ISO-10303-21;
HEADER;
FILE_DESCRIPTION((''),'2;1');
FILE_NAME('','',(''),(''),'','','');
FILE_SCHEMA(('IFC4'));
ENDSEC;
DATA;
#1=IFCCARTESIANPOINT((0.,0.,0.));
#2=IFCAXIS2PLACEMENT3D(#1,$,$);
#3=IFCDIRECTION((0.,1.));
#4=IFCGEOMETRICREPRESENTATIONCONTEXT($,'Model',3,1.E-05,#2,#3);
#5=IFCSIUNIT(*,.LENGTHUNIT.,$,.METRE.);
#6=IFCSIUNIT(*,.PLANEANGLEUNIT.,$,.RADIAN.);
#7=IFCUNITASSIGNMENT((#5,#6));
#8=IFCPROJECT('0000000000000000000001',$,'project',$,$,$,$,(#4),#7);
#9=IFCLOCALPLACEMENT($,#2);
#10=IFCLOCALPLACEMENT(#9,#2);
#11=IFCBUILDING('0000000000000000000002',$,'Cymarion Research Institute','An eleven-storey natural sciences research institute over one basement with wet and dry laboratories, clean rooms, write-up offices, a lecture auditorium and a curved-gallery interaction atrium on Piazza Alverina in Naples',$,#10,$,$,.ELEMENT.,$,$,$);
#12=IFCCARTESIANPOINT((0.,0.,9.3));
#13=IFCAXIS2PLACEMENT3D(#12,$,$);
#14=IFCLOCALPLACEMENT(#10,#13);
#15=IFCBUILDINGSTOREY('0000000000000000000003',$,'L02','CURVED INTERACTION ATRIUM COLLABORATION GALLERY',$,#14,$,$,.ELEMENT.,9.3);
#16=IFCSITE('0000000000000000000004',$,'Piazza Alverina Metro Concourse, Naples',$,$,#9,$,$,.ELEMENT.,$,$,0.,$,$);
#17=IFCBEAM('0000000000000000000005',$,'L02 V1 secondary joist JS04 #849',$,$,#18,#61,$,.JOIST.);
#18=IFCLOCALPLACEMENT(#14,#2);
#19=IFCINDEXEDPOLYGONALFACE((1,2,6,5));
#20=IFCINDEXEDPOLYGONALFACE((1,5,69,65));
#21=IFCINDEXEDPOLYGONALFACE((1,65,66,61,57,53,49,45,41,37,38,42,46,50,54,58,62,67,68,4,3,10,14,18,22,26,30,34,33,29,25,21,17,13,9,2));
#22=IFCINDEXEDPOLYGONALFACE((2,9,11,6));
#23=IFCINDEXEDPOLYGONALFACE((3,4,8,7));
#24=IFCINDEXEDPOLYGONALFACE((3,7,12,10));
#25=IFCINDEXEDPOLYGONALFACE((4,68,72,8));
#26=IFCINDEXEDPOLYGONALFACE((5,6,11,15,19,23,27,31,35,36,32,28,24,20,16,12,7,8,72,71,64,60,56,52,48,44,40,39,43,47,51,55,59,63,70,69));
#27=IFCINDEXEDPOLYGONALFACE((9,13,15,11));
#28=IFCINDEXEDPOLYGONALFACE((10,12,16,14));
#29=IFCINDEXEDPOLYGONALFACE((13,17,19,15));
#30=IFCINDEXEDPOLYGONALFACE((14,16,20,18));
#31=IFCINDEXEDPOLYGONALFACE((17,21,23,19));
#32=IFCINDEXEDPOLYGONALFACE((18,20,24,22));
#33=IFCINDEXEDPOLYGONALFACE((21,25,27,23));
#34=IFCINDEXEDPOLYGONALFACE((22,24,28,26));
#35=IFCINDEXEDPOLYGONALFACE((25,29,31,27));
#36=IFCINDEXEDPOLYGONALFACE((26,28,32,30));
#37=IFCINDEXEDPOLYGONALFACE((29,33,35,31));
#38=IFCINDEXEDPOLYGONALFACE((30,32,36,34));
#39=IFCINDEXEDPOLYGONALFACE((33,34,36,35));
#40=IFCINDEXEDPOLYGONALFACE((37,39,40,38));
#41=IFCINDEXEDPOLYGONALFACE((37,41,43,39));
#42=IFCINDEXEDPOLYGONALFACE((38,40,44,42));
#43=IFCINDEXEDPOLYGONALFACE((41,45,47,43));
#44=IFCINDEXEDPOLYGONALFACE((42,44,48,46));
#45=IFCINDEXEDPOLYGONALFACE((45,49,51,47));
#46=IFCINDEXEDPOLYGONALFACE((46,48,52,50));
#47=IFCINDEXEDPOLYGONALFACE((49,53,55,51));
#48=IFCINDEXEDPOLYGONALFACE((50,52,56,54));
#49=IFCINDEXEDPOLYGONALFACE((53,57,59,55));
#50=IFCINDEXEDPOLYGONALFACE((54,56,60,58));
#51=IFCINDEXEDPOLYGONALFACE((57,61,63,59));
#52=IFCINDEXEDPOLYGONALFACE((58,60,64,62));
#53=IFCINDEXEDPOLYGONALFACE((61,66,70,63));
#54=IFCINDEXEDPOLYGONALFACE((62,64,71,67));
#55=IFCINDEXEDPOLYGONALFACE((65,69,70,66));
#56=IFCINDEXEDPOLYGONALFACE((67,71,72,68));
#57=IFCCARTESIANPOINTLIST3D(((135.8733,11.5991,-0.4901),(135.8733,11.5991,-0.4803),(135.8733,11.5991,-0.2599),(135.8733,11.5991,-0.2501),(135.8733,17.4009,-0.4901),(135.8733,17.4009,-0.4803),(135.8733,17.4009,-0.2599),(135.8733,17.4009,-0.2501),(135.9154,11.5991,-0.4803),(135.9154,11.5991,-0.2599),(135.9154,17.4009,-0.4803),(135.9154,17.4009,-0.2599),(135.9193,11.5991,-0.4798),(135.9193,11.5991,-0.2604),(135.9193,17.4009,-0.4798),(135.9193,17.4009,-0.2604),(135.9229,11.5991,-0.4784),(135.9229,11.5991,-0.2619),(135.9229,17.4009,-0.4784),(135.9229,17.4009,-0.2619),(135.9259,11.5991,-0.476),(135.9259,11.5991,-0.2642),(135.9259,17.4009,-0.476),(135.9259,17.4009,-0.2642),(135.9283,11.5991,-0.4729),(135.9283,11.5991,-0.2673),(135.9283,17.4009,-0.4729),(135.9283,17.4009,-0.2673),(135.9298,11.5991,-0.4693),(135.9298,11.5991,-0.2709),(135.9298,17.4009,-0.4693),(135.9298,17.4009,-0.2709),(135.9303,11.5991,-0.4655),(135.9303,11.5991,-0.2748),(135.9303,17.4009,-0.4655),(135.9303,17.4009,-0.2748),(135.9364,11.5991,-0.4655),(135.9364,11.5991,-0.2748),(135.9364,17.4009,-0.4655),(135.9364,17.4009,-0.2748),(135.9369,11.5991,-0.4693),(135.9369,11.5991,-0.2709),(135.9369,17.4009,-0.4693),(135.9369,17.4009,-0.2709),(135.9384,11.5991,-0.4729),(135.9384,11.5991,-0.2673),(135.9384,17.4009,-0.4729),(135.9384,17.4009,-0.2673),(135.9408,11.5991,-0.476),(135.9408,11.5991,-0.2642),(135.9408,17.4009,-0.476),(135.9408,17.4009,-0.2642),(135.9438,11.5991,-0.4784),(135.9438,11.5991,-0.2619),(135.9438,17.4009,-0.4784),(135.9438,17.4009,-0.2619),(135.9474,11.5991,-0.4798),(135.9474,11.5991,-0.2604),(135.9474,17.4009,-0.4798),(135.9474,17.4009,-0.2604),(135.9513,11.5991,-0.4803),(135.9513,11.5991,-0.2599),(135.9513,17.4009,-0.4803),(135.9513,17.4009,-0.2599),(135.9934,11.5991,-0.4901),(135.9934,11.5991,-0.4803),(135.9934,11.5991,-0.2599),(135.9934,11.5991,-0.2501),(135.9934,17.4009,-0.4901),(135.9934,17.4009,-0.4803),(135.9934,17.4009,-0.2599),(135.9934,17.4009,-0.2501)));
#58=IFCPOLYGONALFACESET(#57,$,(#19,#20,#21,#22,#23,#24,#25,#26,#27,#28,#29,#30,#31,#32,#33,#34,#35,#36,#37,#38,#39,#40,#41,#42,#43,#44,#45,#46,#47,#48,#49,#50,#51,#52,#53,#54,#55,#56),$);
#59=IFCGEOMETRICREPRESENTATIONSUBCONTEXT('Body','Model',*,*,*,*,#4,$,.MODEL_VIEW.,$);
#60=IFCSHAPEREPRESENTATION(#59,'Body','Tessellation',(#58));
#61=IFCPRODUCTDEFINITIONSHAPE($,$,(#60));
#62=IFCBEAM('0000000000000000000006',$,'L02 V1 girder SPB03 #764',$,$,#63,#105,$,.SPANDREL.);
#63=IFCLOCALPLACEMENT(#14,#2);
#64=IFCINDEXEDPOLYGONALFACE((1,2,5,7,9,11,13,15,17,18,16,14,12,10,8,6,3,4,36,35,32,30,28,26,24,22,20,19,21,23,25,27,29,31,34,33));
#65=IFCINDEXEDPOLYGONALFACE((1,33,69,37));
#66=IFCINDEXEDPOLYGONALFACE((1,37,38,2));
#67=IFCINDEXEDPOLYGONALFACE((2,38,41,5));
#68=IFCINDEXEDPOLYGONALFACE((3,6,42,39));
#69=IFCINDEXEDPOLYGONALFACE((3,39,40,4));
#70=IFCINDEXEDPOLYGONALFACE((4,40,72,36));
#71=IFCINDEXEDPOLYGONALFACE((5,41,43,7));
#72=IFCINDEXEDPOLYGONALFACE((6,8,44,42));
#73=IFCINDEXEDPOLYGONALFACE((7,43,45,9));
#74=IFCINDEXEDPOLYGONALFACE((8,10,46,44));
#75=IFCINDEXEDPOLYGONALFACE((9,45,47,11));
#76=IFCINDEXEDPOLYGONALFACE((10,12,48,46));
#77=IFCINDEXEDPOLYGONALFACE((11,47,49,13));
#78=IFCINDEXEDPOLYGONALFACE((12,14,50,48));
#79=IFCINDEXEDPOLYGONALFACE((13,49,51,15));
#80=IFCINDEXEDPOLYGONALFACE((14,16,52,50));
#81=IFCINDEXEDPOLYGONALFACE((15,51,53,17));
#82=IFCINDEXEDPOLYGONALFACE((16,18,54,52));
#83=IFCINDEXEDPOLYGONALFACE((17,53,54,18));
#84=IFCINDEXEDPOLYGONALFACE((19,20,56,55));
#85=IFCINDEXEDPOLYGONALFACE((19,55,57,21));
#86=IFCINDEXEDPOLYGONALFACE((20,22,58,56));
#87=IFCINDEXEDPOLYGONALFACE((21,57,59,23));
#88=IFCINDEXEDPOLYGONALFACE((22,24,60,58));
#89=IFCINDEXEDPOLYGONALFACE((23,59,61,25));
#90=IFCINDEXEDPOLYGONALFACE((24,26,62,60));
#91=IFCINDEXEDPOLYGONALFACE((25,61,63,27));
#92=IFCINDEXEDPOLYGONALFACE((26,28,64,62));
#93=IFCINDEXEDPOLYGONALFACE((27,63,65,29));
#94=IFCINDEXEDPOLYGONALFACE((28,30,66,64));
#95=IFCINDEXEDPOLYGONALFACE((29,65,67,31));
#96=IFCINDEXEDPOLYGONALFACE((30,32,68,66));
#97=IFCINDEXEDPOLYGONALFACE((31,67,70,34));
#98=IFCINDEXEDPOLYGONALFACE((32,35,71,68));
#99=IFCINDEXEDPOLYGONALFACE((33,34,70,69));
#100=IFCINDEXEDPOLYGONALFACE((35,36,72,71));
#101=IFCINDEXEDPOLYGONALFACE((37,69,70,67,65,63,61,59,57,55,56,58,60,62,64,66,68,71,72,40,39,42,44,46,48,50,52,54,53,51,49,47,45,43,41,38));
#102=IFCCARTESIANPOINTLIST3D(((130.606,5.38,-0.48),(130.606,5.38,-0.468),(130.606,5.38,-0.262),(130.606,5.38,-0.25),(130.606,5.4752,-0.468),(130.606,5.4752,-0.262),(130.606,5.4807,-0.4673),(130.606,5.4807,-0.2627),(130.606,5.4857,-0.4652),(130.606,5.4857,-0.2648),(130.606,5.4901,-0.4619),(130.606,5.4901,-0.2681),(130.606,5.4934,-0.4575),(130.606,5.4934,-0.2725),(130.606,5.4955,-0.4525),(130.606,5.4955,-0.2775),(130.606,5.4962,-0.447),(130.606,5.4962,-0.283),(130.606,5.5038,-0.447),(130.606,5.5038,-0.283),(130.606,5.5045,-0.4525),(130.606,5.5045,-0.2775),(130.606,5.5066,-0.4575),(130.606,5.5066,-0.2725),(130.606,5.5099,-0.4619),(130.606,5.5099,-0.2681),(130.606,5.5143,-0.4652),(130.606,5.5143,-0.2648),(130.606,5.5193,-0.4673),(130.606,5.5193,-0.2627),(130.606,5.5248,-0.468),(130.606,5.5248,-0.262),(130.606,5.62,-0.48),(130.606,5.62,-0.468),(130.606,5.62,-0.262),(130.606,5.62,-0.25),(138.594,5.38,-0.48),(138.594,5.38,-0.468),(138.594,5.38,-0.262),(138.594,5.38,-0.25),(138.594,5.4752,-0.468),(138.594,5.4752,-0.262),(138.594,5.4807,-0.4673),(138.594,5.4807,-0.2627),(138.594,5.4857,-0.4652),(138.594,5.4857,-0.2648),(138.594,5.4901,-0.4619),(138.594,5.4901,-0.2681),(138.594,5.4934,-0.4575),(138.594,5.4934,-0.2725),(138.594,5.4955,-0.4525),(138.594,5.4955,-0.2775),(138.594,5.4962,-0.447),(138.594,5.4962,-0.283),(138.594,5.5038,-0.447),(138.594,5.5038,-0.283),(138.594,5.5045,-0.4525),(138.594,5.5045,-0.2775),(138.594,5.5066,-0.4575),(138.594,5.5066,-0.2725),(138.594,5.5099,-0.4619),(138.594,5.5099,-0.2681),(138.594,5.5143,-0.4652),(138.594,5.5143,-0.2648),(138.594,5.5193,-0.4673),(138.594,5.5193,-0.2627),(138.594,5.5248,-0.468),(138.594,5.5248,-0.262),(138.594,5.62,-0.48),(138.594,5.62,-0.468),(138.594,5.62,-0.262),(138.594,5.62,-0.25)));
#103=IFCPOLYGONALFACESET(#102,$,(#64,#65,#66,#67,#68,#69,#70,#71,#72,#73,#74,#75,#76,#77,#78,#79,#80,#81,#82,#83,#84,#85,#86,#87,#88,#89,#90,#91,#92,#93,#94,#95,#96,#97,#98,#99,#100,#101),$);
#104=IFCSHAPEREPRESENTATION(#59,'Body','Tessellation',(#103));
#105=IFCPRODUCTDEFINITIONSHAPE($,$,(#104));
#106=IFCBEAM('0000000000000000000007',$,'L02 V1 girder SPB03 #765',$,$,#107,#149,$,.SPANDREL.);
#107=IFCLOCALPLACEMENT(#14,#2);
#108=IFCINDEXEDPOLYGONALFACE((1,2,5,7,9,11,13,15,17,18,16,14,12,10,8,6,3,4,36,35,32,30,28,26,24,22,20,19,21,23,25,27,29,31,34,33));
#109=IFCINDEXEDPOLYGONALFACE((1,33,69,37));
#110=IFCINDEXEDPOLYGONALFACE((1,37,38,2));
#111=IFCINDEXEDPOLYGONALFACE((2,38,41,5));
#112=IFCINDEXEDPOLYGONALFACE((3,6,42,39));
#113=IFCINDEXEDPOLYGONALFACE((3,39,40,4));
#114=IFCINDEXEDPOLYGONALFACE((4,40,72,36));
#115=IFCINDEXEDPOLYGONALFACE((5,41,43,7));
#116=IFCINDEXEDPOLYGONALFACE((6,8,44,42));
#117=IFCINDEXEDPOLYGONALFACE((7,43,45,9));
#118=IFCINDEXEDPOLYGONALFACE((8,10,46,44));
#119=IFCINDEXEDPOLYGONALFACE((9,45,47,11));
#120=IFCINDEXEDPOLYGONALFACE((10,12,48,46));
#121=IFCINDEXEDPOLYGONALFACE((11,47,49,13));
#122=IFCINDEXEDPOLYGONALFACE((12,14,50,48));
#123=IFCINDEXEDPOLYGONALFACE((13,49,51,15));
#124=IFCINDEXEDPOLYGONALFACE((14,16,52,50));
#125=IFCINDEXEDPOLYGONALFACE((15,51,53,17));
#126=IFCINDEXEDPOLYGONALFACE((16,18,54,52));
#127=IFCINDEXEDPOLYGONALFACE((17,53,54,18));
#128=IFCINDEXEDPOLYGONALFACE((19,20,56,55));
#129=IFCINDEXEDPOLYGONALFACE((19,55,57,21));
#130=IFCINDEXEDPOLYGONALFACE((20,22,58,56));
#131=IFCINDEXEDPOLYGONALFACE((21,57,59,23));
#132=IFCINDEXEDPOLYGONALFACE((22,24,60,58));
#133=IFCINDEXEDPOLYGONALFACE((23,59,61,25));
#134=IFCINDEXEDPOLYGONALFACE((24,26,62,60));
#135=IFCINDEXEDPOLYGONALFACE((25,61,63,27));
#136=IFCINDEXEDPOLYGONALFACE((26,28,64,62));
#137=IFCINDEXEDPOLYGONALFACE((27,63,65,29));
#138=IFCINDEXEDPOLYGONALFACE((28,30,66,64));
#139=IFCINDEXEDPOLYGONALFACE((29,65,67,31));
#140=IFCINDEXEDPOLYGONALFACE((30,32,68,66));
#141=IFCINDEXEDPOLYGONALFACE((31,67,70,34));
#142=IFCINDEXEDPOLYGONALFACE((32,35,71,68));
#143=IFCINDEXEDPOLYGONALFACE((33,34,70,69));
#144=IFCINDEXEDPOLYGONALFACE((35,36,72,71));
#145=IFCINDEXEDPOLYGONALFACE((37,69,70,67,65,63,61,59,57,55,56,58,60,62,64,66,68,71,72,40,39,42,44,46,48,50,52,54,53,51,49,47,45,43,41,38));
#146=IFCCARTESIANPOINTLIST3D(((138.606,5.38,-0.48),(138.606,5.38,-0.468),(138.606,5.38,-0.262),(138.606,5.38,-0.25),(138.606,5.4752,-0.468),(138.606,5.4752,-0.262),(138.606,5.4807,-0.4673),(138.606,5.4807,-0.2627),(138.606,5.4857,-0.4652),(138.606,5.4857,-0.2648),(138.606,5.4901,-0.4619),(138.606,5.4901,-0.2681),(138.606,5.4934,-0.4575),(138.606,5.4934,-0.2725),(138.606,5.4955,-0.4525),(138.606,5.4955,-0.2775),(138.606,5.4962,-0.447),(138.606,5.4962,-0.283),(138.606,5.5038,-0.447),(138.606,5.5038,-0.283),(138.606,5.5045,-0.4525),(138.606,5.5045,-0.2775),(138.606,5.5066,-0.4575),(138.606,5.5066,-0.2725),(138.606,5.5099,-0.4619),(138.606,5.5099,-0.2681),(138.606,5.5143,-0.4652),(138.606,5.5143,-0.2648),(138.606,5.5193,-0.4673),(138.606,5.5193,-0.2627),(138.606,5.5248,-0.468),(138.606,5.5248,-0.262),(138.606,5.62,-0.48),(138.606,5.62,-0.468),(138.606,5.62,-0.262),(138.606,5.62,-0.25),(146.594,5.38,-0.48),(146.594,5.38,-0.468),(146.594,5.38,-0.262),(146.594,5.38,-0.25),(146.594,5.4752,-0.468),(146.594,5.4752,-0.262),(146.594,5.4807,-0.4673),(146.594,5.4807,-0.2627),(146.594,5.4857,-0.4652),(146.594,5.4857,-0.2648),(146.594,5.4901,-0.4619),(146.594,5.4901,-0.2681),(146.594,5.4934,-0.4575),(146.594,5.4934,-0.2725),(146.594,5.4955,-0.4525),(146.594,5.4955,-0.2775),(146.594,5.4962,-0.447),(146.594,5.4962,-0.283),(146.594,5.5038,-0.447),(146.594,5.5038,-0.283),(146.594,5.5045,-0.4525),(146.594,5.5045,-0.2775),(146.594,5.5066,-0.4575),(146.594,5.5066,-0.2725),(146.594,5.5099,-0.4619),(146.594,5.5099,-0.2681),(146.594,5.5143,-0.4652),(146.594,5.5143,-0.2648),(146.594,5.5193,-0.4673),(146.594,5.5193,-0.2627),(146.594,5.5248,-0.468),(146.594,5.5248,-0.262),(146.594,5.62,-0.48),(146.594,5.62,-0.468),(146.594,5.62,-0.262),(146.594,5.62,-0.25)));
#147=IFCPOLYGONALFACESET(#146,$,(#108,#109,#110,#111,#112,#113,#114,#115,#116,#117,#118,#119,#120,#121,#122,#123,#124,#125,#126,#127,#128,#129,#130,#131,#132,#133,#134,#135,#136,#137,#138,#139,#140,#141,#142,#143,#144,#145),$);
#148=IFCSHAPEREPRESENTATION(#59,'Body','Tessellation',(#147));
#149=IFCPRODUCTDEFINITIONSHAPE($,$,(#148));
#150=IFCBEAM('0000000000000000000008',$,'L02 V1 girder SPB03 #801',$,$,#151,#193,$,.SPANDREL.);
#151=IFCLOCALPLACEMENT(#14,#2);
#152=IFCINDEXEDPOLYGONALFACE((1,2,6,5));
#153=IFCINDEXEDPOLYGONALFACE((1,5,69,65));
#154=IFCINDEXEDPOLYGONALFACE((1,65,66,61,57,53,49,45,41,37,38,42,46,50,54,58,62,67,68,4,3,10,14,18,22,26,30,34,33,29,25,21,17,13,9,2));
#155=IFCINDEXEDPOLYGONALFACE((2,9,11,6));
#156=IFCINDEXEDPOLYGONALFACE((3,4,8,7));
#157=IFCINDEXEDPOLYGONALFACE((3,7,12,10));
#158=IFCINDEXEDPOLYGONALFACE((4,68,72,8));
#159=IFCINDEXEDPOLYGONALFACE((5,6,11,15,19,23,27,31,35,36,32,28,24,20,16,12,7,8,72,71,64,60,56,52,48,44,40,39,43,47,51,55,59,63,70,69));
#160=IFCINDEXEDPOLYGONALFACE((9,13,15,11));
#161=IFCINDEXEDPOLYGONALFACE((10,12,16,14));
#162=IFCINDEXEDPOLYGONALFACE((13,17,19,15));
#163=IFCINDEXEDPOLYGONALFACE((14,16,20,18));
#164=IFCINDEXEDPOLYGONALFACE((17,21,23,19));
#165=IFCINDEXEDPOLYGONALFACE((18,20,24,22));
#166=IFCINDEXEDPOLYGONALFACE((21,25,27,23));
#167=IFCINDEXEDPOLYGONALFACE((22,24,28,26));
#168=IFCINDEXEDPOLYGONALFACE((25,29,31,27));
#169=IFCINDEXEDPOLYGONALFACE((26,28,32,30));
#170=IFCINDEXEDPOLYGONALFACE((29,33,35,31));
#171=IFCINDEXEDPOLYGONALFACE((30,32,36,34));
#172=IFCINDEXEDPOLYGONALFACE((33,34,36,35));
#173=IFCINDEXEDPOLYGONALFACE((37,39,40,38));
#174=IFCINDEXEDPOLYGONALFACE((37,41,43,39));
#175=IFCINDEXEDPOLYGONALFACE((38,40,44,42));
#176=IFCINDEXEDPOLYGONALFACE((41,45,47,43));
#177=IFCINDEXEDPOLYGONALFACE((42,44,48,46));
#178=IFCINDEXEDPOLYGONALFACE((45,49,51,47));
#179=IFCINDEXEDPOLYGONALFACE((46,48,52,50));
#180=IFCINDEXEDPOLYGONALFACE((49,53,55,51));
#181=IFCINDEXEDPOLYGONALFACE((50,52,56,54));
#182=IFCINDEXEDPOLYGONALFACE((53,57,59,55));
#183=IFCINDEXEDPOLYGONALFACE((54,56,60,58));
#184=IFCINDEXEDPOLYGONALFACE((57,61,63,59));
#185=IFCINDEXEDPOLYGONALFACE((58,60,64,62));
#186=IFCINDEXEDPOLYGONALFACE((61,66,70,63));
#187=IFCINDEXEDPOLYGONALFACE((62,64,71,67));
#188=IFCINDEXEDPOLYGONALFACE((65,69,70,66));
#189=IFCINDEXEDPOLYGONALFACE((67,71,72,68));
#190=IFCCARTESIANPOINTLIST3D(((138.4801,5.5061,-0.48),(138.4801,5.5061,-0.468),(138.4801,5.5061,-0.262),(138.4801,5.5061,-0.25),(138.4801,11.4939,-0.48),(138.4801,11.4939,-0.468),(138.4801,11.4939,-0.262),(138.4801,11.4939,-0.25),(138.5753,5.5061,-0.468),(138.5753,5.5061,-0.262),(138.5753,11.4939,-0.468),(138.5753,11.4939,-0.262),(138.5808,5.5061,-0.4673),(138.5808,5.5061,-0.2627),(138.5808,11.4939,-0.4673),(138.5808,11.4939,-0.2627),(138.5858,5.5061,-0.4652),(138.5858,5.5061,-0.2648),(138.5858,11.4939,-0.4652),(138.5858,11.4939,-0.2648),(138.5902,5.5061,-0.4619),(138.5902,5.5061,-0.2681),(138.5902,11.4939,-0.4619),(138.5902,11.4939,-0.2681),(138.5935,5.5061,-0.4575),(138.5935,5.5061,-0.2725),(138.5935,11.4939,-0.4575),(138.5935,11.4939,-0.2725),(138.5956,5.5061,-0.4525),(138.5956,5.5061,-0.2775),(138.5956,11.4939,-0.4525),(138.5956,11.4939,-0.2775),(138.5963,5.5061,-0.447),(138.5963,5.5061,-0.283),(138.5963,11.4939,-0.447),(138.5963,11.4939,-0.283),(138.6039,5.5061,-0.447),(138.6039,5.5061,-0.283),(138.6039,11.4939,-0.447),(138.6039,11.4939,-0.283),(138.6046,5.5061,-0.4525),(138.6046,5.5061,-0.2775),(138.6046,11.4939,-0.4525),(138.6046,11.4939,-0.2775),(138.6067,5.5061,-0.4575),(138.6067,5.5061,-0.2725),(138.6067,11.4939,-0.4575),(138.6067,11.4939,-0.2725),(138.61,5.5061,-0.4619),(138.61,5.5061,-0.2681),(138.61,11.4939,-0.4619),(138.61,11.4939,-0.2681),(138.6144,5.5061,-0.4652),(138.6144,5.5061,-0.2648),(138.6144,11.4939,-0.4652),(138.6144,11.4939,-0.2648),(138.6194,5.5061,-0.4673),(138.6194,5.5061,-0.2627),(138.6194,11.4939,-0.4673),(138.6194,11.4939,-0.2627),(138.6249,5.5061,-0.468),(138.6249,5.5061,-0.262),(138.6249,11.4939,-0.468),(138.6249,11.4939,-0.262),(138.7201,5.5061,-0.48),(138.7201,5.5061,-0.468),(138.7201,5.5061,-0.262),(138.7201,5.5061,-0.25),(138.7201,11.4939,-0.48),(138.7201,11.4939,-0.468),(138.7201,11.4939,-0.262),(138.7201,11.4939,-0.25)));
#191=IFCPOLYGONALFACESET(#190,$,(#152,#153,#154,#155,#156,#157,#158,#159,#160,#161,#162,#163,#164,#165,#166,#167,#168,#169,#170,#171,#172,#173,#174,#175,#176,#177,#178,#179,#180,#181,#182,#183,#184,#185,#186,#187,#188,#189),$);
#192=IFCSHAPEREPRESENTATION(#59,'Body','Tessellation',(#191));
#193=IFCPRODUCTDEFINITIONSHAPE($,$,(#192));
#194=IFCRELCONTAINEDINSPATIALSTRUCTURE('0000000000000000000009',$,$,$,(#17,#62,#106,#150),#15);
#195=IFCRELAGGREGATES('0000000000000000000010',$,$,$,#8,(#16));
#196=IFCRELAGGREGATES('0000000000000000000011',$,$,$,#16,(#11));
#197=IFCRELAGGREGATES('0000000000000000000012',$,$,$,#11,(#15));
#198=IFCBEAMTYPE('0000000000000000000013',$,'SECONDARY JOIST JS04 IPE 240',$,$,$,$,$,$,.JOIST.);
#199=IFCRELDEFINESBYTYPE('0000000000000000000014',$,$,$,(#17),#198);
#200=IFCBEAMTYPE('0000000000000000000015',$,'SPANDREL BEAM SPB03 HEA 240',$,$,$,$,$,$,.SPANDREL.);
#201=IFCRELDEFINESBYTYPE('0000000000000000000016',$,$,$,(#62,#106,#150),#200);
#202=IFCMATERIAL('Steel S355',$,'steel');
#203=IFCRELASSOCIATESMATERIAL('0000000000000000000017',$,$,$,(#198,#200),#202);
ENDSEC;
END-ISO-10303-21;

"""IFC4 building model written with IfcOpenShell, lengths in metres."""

from ifc_helpers import new_model, si_unit, direction, frame, origin, origin_2d, place, context, subcontext, project, spatial, i_section, extrude, material, material_profile, profile_set, type_object, element, save


model = new_model("IFC4")

# Units and contexts
model_context = context("Model", 3, precision=1e-05, world=origin(), true_north=direction((0.0, 1.0)))
body_context = subcontext(model_context, "Body", "Model", "MODEL_VIEW")
ifc_project = project(units=[si_unit("LENGTHUNIT", "METRE"), si_unit("PLANEANGLEUNIT", "RADIAN")], contexts=[model_context])

# Site, building, storey
site_placement = place(None, origin())
site = spatial("IfcSite", under=ifc_project, at=site_placement, Name="Piazza Alverina Metro Concourse, Naples", CompositionType="ELEMENT", RefElevation=0.0)
building_placement = place(site_placement, origin())
building = spatial("IfcBuilding", under=site, at=building_placement, Name="Cymarion Research Institute", Description="An eleven-storey natural sciences research institute over one basement with wet and dry laboratories, clean rooms, write-up offices, a lecture auditorium and a curved-gallery interaction atrium on Piazza Alverina in Naples", CompositionType="ELEMENT")
storey_placement = place(building_placement, frame((0.0, 0.0, 9.3)))
storey = spatial("IfcBuildingStorey", under=building, at=storey_placement, Name="L02", Description="CURVED INTERACTION ATRIUM COLLABORATION GALLERY", CompositionType="ELEMENT", Elevation=9.3)

# Shared definitions
ifc_material_1 = material(Name="Steel S355", Category="steel")

# Beams
ifc_material_profile_1 = material_profile(ifc_material_1, i_section(OverallWidth=0.1201, OverallDepth=0.24, WebThickness=0.0061, FlangeThickness=0.0098, FilletRadius=0.0149, at=origin_2d()), Name="IPE 240")
ifc_profile_set_1 = profile_set([ifc_material_profile_1], Name="Steel S355")
beam_type_1 = type_object("IfcBeamType", Name="SECONDARY JOIST JS04 IPE 240", PredefinedType="JOIST", material=ifc_profile_set_1)
for number, where, z_axis, x_axis, name in (
    (1, (135.9333, 11.5991, -0.3701), (0.0, 1.0, 0.0), (-1.0, 0.0, 0.0), "L02 V1 secondary joist JS04 #849"),
):
    element("IfcBeam", number, at=place(storey_placement, frame(where, z_axis=z_axis, x_axis=x_axis)), inside=storey, type_object=beam_type_1, Name=name, PredefinedType="JOIST", context=body_context, shape_type="SweptSolid", body=[
        extrude(i_section(OverallWidth=0.1201, OverallDepth=0.24, WebThickness=0.0061, FlangeThickness=0.0098, FilletRadius=0.0149, at=origin_2d()), origin(), (0.0, 0.0, 1.0), 5.8018),
    ])
ifc_material_profile_2 = material_profile(ifc_material_1, i_section(OverallWidth=0.24, OverallDepth=0.23, WebThickness=0.0076, FlangeThickness=0.012, FilletRadius=0.021, at=origin_2d()), Name="HEA 240")
ifc_profile_set_2 = profile_set([ifc_material_profile_2], Name="Steel S355")
beam_type_2 = type_object("IfcBeamType", Name="SPANDREL BEAM SPB03 HEA 240", PredefinedType="SPANDREL", material=ifc_profile_set_2)
for number, where, z_axis, x_axis, name in (
    (2, (130.606, 5.5, -0.365), (1.0, 0.0, 0.0), (0.0, 1.0, 0.0), "L02 V1 girder SPB03 #764"),
    (3, (138.606, 5.5, -0.365), (1.0, 0.0, 0.0), (0.0, 1.0, 0.0), "L02 V1 girder SPB03 #765"),
):
    element("IfcBeam", number, at=place(storey_placement, frame(where, z_axis=z_axis, x_axis=x_axis)), inside=storey, type_object=beam_type_2, Name=name, PredefinedType="SPANDREL", context=body_context, shape_type="SweptSolid", body=[
        extrude(i_section(OverallWidth=0.24, OverallDepth=0.23, WebThickness=0.0076, FlangeThickness=0.012, FilletRadius=0.021, at=origin_2d()), origin(), (0.0, 0.0, 1.0), 7.988),
    ])
for number, where, z_axis, x_axis, name in (
    (4, (138.6001, 5.5061, -0.365), (0.0, 1.0, 0.0), (-1.0, 0.0, 0.0), "L02 V1 girder SPB03 #801"),
):
    element("IfcBeam", number, at=place(storey_placement, frame(where, z_axis=z_axis, x_axis=x_axis)), inside=storey, type_object=beam_type_2, Name=name, PredefinedType="SPANDREL", context=body_context, shape_type="SweptSolid", body=[
        extrude(i_section(OverallWidth=0.24, OverallDepth=0.23, WebThickness=0.0076, FlangeThickness=0.012, FilletRadius=0.021, at=origin_2d()), origin(), (0.0, 0.0, 1.0), 5.9878),
    ])

save(model, "model.ifc")
